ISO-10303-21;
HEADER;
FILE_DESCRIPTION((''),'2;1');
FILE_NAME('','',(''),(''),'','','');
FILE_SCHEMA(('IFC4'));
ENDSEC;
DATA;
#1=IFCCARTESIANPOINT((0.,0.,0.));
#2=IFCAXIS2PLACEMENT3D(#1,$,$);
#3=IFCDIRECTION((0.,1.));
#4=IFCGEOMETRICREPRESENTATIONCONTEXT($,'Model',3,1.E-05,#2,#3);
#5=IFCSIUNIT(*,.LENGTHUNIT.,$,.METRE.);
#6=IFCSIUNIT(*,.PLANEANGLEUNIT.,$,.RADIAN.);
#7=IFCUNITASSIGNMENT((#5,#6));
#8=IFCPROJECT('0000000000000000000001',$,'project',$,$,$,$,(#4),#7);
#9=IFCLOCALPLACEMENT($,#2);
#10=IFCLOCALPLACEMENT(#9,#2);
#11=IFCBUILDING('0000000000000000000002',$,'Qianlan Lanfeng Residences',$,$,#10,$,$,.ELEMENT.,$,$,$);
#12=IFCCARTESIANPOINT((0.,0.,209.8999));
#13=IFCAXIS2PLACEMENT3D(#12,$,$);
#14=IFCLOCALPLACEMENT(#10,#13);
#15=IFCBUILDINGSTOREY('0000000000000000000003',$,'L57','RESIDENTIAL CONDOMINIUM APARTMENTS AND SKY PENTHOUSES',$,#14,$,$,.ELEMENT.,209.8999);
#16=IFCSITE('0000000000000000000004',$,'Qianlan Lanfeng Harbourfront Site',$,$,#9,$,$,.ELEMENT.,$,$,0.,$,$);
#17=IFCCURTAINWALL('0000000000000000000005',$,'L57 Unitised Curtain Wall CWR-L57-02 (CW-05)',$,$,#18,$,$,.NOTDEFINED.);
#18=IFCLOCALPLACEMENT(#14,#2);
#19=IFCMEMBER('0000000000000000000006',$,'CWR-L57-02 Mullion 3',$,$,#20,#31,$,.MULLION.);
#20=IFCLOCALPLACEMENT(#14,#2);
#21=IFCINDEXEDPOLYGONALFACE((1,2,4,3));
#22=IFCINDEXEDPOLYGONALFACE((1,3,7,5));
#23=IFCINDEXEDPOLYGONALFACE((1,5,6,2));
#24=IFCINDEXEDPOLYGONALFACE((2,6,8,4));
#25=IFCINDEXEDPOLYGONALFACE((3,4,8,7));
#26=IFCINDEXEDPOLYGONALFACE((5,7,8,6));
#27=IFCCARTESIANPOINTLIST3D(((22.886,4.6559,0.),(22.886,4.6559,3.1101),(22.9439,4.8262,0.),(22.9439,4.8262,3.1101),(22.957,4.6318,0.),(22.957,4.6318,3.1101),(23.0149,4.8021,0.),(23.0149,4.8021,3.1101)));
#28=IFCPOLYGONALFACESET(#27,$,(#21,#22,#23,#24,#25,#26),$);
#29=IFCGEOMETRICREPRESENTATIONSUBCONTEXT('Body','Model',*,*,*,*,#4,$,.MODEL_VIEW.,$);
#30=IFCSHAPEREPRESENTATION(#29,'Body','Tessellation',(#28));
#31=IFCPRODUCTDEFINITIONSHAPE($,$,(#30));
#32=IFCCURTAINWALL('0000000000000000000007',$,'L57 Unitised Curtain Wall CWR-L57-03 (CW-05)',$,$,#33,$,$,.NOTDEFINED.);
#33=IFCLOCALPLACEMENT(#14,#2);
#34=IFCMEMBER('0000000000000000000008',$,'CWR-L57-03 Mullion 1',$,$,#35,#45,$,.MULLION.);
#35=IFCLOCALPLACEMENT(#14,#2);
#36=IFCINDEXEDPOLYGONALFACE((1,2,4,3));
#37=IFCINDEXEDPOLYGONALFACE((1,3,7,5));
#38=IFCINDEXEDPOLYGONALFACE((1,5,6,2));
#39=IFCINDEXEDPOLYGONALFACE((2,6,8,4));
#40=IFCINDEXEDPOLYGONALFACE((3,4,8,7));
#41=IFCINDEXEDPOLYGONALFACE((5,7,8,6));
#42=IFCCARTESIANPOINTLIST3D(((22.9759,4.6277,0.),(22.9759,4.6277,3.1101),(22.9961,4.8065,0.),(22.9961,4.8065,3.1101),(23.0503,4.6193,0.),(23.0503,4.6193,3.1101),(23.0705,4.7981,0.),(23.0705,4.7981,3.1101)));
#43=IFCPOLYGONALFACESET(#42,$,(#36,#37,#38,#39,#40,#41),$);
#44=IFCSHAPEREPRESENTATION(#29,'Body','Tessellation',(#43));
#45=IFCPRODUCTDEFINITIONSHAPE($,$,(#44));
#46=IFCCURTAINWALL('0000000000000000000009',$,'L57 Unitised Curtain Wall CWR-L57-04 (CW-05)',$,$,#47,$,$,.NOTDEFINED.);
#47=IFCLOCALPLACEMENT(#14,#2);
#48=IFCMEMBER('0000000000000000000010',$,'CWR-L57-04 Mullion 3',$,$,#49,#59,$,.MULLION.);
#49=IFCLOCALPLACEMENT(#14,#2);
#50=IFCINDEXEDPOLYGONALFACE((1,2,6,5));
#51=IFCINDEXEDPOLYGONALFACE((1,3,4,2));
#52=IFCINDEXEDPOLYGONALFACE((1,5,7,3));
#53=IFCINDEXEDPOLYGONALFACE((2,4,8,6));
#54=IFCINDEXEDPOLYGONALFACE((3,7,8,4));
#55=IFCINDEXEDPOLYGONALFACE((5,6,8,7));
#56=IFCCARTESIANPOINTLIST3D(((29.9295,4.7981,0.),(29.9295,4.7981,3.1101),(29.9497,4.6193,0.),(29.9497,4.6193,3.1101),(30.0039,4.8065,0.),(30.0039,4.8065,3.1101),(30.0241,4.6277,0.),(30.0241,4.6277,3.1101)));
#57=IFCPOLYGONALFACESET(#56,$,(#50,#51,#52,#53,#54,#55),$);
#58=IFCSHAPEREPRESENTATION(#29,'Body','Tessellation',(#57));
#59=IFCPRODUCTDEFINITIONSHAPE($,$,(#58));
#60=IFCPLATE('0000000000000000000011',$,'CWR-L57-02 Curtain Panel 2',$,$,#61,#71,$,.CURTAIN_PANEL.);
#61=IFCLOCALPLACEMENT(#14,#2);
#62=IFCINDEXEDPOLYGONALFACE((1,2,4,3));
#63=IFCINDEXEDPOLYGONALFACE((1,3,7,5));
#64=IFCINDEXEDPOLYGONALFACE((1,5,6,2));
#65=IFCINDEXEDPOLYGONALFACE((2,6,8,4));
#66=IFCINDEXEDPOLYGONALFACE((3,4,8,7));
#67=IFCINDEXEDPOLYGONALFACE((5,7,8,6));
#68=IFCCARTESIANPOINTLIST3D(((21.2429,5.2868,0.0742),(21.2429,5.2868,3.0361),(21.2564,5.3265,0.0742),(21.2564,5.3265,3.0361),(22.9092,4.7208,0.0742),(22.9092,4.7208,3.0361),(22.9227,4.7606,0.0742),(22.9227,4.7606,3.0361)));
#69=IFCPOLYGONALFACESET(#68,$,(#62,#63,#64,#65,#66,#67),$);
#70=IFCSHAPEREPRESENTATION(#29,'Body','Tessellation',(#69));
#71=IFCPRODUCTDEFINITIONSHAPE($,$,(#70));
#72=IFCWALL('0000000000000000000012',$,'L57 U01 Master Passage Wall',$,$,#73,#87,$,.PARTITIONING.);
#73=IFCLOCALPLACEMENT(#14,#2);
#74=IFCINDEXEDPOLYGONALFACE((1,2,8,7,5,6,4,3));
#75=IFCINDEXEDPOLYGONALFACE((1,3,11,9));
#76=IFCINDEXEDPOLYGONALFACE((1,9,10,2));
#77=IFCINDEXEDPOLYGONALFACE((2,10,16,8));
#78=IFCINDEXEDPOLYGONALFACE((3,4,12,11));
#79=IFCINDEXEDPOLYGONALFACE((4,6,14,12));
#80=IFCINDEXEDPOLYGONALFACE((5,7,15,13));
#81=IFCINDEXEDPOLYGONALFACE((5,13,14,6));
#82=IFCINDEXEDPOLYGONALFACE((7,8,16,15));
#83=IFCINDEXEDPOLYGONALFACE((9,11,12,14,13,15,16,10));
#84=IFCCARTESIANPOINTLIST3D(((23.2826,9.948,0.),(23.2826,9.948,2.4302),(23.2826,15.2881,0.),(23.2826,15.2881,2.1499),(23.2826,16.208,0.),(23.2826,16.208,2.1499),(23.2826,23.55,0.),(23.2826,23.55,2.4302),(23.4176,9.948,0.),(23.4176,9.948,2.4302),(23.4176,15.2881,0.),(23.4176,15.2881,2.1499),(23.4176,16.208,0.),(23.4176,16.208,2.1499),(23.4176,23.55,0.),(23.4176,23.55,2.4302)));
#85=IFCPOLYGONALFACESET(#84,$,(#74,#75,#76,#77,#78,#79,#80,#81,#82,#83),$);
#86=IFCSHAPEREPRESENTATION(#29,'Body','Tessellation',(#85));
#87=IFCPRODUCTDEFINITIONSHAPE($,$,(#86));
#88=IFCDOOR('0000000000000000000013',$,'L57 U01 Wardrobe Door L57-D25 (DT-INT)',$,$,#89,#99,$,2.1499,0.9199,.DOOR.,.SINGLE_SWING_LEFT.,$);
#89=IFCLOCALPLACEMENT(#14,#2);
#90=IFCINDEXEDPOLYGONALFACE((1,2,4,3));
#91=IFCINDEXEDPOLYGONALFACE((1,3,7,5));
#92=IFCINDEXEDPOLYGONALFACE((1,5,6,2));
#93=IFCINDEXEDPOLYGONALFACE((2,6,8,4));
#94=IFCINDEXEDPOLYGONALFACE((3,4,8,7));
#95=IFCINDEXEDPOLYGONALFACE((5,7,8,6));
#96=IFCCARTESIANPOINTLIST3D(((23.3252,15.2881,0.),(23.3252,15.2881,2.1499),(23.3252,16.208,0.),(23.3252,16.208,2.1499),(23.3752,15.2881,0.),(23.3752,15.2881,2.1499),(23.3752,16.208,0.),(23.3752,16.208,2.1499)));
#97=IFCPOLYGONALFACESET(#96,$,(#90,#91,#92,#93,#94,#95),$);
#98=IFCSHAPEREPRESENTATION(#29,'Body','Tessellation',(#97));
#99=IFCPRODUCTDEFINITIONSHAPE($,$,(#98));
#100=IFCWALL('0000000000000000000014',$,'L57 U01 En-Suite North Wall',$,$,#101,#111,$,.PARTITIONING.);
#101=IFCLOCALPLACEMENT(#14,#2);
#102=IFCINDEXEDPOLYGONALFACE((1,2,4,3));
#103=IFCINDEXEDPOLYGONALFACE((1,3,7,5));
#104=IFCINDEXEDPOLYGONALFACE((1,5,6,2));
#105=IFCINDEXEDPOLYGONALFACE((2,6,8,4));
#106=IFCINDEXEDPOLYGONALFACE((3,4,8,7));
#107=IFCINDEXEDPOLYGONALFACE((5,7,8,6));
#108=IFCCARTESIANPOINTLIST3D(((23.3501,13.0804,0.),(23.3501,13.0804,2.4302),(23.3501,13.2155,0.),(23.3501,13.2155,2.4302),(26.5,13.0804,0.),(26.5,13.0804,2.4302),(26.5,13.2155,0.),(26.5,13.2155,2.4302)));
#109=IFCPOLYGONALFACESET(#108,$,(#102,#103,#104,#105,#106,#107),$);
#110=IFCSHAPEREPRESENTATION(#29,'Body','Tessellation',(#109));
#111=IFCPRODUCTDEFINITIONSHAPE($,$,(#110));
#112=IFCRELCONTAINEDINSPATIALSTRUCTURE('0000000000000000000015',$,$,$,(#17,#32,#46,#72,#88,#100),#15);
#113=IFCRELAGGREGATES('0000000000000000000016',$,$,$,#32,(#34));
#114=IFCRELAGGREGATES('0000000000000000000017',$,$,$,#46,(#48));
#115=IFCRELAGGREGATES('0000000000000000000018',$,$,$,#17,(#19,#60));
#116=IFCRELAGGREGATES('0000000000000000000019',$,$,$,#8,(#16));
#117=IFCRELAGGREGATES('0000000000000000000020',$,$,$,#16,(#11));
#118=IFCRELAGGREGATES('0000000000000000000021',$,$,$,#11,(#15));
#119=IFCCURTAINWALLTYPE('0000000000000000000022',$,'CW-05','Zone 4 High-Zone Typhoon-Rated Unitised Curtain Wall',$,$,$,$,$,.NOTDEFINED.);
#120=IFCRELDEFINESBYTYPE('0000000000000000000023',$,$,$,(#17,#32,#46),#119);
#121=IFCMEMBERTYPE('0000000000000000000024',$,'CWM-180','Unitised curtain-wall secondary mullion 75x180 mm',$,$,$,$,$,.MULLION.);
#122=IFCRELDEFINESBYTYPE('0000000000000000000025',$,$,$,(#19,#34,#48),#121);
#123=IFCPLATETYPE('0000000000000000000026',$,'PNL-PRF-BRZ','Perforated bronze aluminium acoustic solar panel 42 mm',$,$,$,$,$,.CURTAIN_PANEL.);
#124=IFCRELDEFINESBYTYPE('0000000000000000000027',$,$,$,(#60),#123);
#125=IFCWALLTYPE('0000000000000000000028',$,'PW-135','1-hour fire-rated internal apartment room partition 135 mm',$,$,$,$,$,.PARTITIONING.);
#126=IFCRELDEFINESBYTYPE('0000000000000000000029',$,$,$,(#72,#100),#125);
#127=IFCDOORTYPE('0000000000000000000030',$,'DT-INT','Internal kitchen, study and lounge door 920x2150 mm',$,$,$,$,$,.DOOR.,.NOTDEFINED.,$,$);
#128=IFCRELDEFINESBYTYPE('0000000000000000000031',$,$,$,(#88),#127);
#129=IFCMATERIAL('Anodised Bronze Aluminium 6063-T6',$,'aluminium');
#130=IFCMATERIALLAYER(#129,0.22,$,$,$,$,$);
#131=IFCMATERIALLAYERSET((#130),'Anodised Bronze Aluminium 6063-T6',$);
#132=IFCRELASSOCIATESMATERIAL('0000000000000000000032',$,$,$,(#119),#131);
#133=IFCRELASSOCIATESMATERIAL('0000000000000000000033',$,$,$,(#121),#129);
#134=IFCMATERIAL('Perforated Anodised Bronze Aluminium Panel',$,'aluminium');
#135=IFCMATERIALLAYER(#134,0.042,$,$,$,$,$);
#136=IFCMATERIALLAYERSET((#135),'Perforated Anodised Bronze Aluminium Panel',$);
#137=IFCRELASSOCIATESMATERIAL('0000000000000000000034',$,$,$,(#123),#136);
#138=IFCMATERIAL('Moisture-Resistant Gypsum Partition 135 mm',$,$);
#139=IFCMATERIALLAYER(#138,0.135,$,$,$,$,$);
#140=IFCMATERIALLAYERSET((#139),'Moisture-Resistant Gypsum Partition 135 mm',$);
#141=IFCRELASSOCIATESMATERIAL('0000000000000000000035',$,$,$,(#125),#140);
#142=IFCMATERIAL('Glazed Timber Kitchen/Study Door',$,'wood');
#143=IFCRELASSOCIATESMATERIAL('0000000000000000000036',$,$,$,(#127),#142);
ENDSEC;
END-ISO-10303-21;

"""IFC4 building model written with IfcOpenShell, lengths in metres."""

from ifc_helpers import new_model, si_unit, direction, frame, frame_2d, origin, origin_2d, place, context, subcontext, project, spatial, rectangle, extrude, source, transform, mapped, material, layer, layer_set, material_profile, profile_set, type_object, element, fill, aggregate, save


model = new_model("IFC4")

# Units and contexts
model_context = context("Model", 3, precision=1e-05, world=origin(), true_north=direction((0.0, 1.0)))
body_context = subcontext(model_context, "Body", "Model", "MODEL_VIEW")
ifc_project = project(units=[si_unit("LENGTHUNIT", "METRE"), si_unit("PLANEANGLEUNIT", "RADIAN")], contexts=[model_context])

# Site, building, storey
site_placement = place(None, origin())
site = spatial("IfcSite", under=ifc_project, at=site_placement, Name="Qianlan Lanfeng Harbourfront Site", CompositionType="ELEMENT", RefElevation=0.0)
building_placement = place(site_placement, origin())
building = spatial("IfcBuilding", under=site, at=building_placement, Name="Qianlan Lanfeng Residences", CompositionType="ELEMENT")
storey_placement = place(building_placement, frame((0.0, 0.0, 209.8999)))
storey = spatial("IfcBuildingStorey", under=building, at=storey_placement, Name="L57", Description="RESIDENTIAL CONDOMINIUM APARTMENTS AND SKY PENTHOUSES", CompositionType="ELEMENT", Elevation=209.8999)

# Curtain wall, member
ifc_material_1 = material(Name="Anodised Bronze Aluminium 6063-T6", Category="aluminium")
ifc_layer_1 = layer(ifc_material_1, 0.22)
ifc_layer_set_1 = layer_set([ifc_layer_1], Name="Anodised Bronze Aluminium 6063-T6")
curtain_wall_type = type_object("IfcCurtainWallType", Name="CW-05", Description="Zone 4 High-Zone Typhoon-Rated Unitised Curtain Wall", PredefinedType="NOTDEFINED", material=ifc_layer_set_1)
curtain_wall_1_placement = place(storey_placement, origin())
curtain_wall_1 = element("IfcCurtainWall", 1, at=curtain_wall_1_placement, inside=storey, type_object=curtain_wall_type, Name="L57 Unitised Curtain Wall CWR-L57-02 (CW-05)", PredefinedType="NOTDEFINED")
ifc_material_profile_1 = material_profile(ifc_material_1, rectangle(XDim=0.075, YDim=0.1799, at=origin_2d()), Name="ALU MULLION 75x180")
ifc_profile_set_1 = profile_set([ifc_material_profile_1], Name="Anodised Bronze Aluminium 6063-T6")
member_type_1 = type_object("IfcMemberType", Name="CWM-180", Description="Unitised curtain-wall secondary mullion 75x180 mm", PredefinedType="MULLION", material=ifc_profile_set_1)
shared_shape_1 = source(origin(), body_context, "Body", "SweptSolid", [
    extrude(rectangle(XDim=0.075, YDim=0.1799, at=origin_2d()), origin(), (0.0, 0.0, 1.0), 3.1101),
])
member_1_placement = place(storey_placement, frame((22.9504, 4.729, 0.0), z_axis=(0.0, 0.0, 1.0), x_axis=(0.946877, -0.321596, 0.0)))
member_1 = element("IfcMember", 2, at=member_1_placement, type_object=member_type_1, Name="CWR-L57-02 Mullion 3", PredefinedType="MULLION", context=body_context, shape_type="MappedRepresentation", body=[
    mapped(shared_shape_1, transform((0.0, 0.0, 0.0), scale=1.0)),
])

# Curtain walls, members
curtain_wall_2_placement = place(storey_placement, origin())
curtain_wall_2 = element("IfcCurtainWall", 3, at=curtain_wall_2_placement, inside=storey, type_object=curtain_wall_type, Name="L57 Unitised Curtain Wall CWR-L57-03 (CW-05)", PredefinedType="NOTDEFINED")
member_2_placement = place(storey_placement, frame((23.0232, 4.7129, 0.0), z_axis=(0.0, 0.0, 1.0), x_axis=(0.993678, -0.112263, 0.0)))
member_2 = element("IfcMember", 4, at=member_2_placement, type_object=member_type_1, Name="CWR-L57-03 Mullion 1", PredefinedType="MULLION", context=body_context, shape_type="MappedRepresentation", body=[
    mapped(shared_shape_1, transform((0.0, 0.0, 0.0), scale=1.0)),
])
aggregate(curtain_wall_2, [member_2])
curtain_wall_3_placement = place(storey_placement, origin())
curtain_wall_3 = element("IfcCurtainWall", 5, at=curtain_wall_3_placement, inside=storey, type_object=curtain_wall_type, Name="L57 Unitised Curtain Wall CWR-L57-04 (CW-05)", PredefinedType="NOTDEFINED")
member_3_placement = place(storey_placement, frame((29.9768, 4.7129, 0.0), z_axis=(0.0, 0.0, 1.0), x_axis=(0.993678, 0.112263, 0.0)))
member_3 = element("IfcMember", 6, at=member_3_placement, type_object=member_type_1, Name="CWR-L57-04 Mullion 3", PredefinedType="MULLION", context=body_context, shape_type="MappedRepresentation", body=[
    mapped(shared_shape_1, transform((0.0, 0.0, 0.0), scale=1.0)),
])
aggregate(curtain_wall_3, [member_3])

# Plate
ifc_material_2 = material(Name="Perforated Anodised Bronze Aluminium Panel", Category="aluminium")
ifc_layer_2 = layer(ifc_material_2, 0.042)
ifc_layer_set_2 = layer_set([ifc_layer_2], Name="Perforated Anodised Bronze Aluminium Panel")
plate_type = type_object("IfcPlateType", Name="PNL-PRF-BRZ", Description="Perforated bronze aluminium acoustic solar panel 42 mm", PredefinedType="CURTAIN_PANEL", material=ifc_layer_set_2)
shared_shape_2 = source(origin(), body_context, "Body", "SweptSolid", [
    extrude(rectangle(XDim=1.7598, YDim=0.042, at=origin_2d()), origin(), (0.0, 0.0, 1.0), 2.9619),
])
plate_placement = place(storey_placement, frame((22.0828, 5.0237, 0.0742), z_axis=(0.0, 0.0, 1.0), x_axis=(0.946877, -0.321596, 0.0)))
plate = element("IfcPlate", 7, at=plate_placement, type_object=plate_type, Name="CWR-L57-02 Curtain Panel 2", PredefinedType="CURTAIN_PANEL", context=body_context, shape_type="MappedRepresentation", body=[
    mapped(shared_shape_2, transform((0.0, 0.0, 0.0), scale=1.0)),
])
aggregate(curtain_wall_1, [member_1, plate])

# Wall, opening, door
ifc_material_3 = material(Name="Moisture-Resistant Gypsum Partition 135 mm")
ifc_layer_3 = layer(ifc_material_3, 0.135)
ifc_layer_set_3 = layer_set([ifc_layer_3], Name="Moisture-Resistant Gypsum Partition 135 mm")
wall_type = type_object("IfcWallType", Name="PW-135", Description="1-hour fire-rated internal apartment room partition 135 mm", PredefinedType="PARTITIONING", material=ifc_layer_set_3)
wall_1_placement = place(storey_placement, frame((23.3501, 9.948, 0.0), z_axis=(0.0, 0.0, 1.0), x_axis=(0.0, 1.0, 0.0)))
wall_1 = element("IfcWall", 8, at=wall_1_placement, inside=storey, type_object=wall_type, Name="L57 U01 Master Passage Wall", PredefinedType="PARTITIONING", context=body_context, shape_type="SweptSolid", body=[
    extrude(rectangle(XDim=13.6021, YDim=0.135, at=frame_2d((6.801, 0.0))), origin(), (0.0, 0.0, 1.0), 2.4302),
])
opening_1_placement = place(wall_1_placement, frame((5.3401, 0.0, 0.0)))
opening_1 = element("IfcOpeningElement", 9, at=opening_1_placement, cuts=wall_1, PredefinedType="OPENING", context=body_context, shape_type="SweptSolid", body=[
    extrude(rectangle(XDim=0.9199, YDim=2.1499, at=frame_2d((0.46, 1.075))), frame((0.0, 0.0776, 0.0), z_axis=(0.0, -1.0, 0.0), x_axis=(1.0, 0.0, 0.0)), (0.0, 0.0, 1.0), 0.155),
])
ifc_material_4 = material(Name="Glazed Timber Kitchen/Study Door", Category="wood")
door_type_1 = type_object("IfcDoorType", Name="DT-INT", Description="Internal kitchen, study and lounge door 920x2150 mm", OperationType="NOTDEFINED", PredefinedType="DOOR", material=ifc_material_4)
door_1_placement = place(opening_1_placement, origin())
door_1 = element("IfcDoor", 10, at=door_1_placement, inside=storey, type_object=door_type_1, Name="L57 U01 Wardrobe Door L57-D25 (DT-INT)", OperationType="SINGLE_SWING_LEFT", OverallHeight=2.1499, OverallWidth=0.9199, PredefinedType="DOOR", context=body_context, shape_type="SweptSolid", body=[
    extrude(rectangle(XDim=0.9199, YDim=2.1499, at=frame_2d((0.46, 1.075))), frame((0.0, 0.0249, 0.0), z_axis=(0.0, -1.0, 0.0), x_axis=(1.0, 0.0, 0.0)), (0.0, 0.0, 1.0), 0.05),
])
fill(opening_1, door_1)

# Wall
wall_2_placement = place(storey_placement, frame((23.3501, 13.1479, 0.0), z_axis=(0.0, 0.0, 1.0), x_axis=(1.0, 0.0, 0.0)))
element("IfcWall", 11, at=wall_2_placement, inside=storey, type_object=wall_type, Name="L57 U01 En-Suite North Wall", PredefinedType="PARTITIONING", context=body_context, shape_type="SweptSolid", body=[
    extrude(rectangle(XDim=3.1499, YDim=0.135, at=frame_2d((1.575, 0.0))), origin(), (0.0, 0.0, 1.0), 2.4302),
])

save(model, "model.ifc")
